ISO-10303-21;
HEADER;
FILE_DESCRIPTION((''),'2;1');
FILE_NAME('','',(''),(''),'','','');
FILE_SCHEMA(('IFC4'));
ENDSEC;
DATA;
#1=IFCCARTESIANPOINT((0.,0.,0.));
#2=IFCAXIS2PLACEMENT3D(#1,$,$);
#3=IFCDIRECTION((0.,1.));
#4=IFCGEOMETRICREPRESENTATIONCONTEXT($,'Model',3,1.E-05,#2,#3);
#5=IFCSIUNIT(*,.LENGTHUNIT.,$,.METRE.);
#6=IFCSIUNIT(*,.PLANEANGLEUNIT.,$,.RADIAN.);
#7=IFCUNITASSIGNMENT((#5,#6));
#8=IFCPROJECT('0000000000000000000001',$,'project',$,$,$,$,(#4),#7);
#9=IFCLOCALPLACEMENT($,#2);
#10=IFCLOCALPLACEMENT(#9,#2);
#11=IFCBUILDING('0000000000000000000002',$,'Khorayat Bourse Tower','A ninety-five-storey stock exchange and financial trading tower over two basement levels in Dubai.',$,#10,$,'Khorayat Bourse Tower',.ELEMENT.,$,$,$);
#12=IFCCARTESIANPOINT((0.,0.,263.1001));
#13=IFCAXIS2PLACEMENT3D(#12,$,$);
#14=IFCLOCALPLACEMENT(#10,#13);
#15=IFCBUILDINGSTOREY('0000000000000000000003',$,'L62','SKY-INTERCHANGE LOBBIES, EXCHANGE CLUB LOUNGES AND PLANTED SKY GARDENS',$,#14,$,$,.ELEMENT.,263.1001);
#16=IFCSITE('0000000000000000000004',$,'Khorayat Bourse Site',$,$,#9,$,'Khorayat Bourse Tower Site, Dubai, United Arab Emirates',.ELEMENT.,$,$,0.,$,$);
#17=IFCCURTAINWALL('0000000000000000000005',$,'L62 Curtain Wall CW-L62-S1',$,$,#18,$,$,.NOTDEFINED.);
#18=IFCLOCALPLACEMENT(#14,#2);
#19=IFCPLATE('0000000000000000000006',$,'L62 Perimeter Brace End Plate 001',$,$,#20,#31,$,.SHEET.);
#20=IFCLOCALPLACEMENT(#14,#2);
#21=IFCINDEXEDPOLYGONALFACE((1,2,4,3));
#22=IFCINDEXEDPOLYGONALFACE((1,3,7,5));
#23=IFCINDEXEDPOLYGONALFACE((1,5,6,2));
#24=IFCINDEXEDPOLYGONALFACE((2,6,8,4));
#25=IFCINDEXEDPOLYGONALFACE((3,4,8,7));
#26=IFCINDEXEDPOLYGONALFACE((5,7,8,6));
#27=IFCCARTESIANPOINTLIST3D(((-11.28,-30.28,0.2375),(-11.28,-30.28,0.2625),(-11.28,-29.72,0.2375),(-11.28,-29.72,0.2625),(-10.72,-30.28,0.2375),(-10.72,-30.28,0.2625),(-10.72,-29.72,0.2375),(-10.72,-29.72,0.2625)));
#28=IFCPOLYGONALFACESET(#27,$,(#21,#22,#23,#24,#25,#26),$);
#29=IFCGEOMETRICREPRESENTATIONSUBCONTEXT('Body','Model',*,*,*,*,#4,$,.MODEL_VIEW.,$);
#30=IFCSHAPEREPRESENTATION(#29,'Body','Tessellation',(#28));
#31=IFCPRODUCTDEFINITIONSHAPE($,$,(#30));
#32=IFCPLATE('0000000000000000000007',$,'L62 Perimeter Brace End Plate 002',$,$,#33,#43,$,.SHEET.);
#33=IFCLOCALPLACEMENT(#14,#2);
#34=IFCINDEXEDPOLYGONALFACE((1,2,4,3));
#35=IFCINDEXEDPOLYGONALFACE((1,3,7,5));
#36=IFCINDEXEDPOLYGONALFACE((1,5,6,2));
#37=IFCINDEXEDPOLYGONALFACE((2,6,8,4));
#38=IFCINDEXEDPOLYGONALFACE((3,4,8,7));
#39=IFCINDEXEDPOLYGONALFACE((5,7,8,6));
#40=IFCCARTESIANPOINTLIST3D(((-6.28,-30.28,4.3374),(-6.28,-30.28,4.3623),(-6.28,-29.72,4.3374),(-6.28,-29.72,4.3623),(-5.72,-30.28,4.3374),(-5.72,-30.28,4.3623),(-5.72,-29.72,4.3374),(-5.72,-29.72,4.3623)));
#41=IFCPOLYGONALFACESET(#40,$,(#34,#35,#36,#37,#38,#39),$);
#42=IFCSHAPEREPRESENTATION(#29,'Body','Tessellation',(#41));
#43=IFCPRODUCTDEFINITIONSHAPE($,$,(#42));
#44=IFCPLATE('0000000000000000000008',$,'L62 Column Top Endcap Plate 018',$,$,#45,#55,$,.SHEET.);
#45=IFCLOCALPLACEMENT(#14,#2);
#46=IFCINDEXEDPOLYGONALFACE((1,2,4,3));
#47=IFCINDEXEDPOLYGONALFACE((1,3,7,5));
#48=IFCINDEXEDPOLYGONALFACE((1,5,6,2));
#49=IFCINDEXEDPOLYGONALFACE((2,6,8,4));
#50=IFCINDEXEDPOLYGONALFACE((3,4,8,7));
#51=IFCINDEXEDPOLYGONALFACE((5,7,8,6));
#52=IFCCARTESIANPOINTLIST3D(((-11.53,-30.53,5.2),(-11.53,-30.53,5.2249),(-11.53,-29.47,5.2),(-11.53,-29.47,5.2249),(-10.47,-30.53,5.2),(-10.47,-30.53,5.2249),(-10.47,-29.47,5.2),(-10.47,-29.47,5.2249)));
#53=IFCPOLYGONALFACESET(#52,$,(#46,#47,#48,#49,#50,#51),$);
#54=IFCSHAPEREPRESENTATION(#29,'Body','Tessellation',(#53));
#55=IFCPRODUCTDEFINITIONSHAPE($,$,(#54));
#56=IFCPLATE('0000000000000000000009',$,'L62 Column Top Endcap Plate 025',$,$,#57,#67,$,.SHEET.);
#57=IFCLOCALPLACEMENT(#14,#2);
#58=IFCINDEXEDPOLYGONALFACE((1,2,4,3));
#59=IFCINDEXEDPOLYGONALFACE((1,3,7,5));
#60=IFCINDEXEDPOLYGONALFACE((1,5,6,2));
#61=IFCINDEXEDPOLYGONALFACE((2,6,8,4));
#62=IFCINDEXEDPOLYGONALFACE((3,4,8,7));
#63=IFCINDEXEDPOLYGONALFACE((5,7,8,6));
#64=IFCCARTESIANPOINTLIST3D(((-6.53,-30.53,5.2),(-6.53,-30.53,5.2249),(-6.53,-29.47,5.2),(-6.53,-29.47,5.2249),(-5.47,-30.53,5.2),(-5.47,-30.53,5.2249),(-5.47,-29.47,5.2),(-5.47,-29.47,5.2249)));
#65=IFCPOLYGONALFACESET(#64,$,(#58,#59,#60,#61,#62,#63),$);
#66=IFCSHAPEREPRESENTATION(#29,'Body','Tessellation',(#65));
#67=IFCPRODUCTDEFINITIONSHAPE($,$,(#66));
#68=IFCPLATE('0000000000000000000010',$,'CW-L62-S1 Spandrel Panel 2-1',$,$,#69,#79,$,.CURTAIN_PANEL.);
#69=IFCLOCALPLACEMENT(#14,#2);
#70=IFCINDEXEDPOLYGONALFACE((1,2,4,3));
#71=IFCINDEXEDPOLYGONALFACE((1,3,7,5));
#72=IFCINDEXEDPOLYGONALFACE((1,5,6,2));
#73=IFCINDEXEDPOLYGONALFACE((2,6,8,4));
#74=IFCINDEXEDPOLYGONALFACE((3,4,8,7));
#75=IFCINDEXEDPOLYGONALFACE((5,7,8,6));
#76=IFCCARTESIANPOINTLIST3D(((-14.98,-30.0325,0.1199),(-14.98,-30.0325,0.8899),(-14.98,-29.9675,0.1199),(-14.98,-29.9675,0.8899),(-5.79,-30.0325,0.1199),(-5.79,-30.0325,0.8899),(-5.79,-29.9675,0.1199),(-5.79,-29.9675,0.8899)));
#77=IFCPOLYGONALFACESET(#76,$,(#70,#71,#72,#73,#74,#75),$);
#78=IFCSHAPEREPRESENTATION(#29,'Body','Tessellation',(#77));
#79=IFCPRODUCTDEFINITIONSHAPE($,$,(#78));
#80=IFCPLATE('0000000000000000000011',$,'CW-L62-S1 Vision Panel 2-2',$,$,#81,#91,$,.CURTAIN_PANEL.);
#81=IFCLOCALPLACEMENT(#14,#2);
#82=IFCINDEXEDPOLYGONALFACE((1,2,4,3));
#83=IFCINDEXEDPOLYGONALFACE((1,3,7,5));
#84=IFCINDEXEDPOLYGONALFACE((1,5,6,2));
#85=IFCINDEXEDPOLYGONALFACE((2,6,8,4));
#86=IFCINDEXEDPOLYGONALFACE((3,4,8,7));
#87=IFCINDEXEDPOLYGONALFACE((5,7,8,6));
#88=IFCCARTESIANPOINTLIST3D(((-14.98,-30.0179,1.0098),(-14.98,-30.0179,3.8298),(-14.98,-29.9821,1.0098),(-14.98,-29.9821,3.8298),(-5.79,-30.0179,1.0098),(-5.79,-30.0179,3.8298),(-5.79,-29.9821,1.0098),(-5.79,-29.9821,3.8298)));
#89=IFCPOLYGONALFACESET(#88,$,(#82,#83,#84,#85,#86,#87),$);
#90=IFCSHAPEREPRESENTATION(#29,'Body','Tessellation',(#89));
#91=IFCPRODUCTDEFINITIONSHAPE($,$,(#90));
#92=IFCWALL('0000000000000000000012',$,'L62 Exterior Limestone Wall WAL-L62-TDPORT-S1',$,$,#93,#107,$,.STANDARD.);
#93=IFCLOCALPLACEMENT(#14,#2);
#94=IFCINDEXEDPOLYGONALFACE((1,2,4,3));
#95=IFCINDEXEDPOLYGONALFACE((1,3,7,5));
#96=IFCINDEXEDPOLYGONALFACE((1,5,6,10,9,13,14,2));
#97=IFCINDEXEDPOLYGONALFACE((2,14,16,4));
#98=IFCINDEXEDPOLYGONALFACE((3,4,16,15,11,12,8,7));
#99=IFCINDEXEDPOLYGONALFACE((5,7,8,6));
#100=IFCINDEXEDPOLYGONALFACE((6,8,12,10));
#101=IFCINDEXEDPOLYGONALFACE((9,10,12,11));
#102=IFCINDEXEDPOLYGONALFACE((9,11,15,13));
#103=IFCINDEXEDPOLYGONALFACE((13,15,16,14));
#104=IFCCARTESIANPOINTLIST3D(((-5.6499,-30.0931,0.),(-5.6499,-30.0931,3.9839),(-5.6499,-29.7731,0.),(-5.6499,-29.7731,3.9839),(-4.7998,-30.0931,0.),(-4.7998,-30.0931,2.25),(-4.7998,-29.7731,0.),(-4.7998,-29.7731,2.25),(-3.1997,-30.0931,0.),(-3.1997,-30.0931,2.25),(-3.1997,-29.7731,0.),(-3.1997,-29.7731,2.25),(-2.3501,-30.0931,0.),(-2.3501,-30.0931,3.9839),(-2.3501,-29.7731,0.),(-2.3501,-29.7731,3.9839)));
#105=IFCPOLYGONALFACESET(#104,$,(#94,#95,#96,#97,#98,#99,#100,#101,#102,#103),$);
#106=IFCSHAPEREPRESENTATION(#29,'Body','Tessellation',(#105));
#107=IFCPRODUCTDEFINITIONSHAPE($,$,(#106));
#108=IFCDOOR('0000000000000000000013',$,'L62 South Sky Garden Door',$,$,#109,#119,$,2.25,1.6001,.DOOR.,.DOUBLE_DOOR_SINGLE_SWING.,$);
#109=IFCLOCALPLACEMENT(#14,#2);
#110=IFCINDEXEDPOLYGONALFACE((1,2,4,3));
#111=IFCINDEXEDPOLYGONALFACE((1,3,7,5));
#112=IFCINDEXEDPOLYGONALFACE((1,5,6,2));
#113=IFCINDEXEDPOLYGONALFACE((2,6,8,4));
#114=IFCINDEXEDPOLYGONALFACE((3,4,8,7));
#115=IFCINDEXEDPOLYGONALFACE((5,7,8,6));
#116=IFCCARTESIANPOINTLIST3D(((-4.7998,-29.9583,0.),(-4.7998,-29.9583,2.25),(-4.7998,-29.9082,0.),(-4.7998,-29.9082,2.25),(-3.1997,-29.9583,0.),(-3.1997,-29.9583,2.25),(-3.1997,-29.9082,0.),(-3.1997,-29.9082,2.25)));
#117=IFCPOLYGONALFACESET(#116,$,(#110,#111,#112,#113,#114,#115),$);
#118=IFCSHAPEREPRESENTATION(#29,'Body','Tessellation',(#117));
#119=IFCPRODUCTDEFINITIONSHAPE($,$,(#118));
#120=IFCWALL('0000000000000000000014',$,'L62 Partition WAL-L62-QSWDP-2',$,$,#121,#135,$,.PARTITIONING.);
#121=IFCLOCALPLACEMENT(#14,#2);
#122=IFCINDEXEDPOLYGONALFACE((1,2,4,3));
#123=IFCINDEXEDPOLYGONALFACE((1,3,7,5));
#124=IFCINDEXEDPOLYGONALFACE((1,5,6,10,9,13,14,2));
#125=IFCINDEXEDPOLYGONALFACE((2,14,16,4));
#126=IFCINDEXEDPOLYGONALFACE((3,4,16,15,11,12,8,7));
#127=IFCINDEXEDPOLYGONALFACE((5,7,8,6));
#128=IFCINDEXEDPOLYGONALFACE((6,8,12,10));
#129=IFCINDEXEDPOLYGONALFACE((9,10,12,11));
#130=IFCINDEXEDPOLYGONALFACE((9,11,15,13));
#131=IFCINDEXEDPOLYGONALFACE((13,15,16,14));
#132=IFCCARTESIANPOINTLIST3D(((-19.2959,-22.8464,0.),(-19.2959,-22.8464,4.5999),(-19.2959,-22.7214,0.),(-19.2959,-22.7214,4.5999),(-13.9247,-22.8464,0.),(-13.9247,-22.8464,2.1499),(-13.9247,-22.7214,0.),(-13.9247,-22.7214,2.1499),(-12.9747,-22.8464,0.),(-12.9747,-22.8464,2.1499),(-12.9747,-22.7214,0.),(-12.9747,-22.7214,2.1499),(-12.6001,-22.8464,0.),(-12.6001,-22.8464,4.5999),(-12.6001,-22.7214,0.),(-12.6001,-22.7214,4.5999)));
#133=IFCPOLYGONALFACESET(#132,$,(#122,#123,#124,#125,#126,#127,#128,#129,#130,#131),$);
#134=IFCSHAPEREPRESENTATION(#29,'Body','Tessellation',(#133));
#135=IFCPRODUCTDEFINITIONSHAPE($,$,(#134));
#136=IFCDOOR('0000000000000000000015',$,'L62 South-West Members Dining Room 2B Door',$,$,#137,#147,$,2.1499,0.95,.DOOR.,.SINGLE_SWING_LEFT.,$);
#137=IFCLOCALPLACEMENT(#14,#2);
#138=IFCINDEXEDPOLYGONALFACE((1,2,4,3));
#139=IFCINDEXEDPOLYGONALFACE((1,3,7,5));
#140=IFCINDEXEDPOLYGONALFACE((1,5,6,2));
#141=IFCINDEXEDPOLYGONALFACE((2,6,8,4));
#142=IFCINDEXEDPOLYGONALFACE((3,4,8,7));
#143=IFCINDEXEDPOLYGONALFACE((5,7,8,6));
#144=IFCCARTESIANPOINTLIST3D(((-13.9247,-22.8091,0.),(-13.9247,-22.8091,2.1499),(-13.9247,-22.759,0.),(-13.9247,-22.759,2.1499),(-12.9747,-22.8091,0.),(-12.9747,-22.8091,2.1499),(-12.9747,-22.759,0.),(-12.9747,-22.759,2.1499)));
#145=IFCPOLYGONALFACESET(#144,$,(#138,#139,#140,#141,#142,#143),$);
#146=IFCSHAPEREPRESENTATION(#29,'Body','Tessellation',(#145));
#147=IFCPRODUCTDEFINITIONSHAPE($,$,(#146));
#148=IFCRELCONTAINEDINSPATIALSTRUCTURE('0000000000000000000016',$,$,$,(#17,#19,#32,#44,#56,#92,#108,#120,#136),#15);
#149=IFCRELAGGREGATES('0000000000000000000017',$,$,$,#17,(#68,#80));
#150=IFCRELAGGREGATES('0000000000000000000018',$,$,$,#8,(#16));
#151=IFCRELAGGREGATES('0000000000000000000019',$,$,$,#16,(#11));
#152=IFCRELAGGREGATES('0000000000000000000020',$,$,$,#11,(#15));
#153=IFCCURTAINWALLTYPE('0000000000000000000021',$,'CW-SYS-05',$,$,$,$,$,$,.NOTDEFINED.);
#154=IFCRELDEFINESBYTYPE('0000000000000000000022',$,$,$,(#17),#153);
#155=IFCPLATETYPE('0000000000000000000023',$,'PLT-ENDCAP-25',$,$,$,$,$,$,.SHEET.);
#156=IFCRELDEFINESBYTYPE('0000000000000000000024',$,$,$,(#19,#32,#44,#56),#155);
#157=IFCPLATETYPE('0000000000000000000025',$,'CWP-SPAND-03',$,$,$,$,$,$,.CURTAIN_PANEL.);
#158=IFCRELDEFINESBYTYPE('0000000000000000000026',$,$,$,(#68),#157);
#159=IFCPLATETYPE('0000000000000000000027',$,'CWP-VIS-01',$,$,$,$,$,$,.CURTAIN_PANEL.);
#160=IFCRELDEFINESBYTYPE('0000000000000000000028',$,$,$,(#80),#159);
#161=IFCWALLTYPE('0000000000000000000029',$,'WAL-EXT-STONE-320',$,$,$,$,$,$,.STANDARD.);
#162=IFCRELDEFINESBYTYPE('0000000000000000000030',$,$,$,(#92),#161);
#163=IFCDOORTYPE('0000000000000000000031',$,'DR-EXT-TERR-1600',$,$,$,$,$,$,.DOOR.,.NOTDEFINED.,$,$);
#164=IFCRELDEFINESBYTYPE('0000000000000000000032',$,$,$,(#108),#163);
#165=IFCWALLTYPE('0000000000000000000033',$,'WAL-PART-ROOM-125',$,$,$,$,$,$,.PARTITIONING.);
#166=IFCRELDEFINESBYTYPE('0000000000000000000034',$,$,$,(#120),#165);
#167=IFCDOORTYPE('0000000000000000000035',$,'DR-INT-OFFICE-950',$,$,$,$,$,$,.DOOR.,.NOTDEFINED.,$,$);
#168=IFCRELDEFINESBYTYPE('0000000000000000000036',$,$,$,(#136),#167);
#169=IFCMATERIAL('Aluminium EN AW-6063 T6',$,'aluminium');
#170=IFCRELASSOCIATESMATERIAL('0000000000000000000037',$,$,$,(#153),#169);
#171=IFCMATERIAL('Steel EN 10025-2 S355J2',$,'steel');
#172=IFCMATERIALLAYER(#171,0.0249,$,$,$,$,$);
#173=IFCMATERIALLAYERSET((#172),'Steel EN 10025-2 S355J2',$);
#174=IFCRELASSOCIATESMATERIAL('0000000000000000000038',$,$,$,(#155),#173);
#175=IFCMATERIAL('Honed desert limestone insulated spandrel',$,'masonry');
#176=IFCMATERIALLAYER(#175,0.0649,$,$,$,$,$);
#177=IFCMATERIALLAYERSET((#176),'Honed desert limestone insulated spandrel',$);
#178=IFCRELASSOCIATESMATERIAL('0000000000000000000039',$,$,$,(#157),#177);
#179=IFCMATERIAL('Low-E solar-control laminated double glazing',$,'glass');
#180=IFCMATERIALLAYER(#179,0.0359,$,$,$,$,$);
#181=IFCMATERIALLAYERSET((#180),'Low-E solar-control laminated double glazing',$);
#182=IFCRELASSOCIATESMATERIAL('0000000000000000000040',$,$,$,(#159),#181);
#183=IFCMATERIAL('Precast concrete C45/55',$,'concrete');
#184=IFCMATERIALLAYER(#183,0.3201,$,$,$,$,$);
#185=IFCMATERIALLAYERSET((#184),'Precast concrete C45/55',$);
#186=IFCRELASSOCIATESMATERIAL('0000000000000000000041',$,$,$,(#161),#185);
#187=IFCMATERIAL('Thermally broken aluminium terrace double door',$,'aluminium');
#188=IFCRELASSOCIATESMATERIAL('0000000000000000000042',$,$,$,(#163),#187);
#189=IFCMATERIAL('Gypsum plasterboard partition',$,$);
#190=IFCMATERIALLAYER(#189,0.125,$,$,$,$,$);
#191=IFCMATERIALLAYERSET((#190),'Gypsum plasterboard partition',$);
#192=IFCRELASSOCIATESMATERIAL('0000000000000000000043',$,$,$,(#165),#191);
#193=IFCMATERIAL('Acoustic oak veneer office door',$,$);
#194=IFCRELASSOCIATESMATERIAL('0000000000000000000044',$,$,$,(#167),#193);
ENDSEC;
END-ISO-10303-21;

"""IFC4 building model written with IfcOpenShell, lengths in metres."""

from ifc_helpers import new_model, si_unit, direction, frame, frame_2d, origin, origin_2d, place, context, subcontext, project, spatial, rectangle, extrude, source, transform, mapped, material, layer, layer_set, type_object, element, fill, aggregate, save


model = new_model("IFC4")

# Units and contexts
model_context = context("Model", 3, precision=1e-05, world=origin(), true_north=direction((0.0, 1.0)))
body_context = subcontext(model_context, "Body", "Model", "MODEL_VIEW")
ifc_project = project(units=[si_unit("LENGTHUNIT", "METRE"), si_unit("PLANEANGLEUNIT", "RADIAN")], contexts=[model_context])

# Site, building, storey
site_placement = place(None, origin())
site = spatial("IfcSite", under=ifc_project, at=site_placement, Name="Khorayat Bourse Site", LongName="Khorayat Bourse Tower Site, Dubai, United Arab Emirates", CompositionType="ELEMENT", RefElevation=0.0)
building_placement = place(site_placement, origin())
building = spatial("IfcBuilding", under=site, at=building_placement, Name="Khorayat Bourse Tower", Description="A ninety-five-storey stock exchange and financial trading tower over two basement levels in Dubai.", LongName="Khorayat Bourse Tower", CompositionType="ELEMENT")
storey_placement = place(building_placement, frame((0.0, 0.0, 263.1001)))
storey = spatial("IfcBuildingStorey", under=building, at=storey_placement, Name="L62", Description="SKY-INTERCHANGE LOBBIES, EXCHANGE CLUB LOUNGES AND PLANTED SKY GARDENS", CompositionType="ELEMENT", Elevation=263.1001)

# Curtain wall
ifc_material_1 = material(Name="Aluminium EN AW-6063 T6", Category="aluminium")
curtain_wall_type = type_object("IfcCurtainWallType", Name="CW-SYS-05", PredefinedType="NOTDEFINED", material=ifc_material_1)
curtain_wall_1_placement = place(storey_placement, origin())
curtain_wall_1 = element("IfcCurtainWall", 1, at=curtain_wall_1_placement, inside=storey, type_object=curtain_wall_type, Name="L62 Curtain Wall CW-L62-S1", PredefinedType="NOTDEFINED")

# Plates
ifc_material_2 = material(Name="Steel EN 10025-2 S355J2", Category="steel")
ifc_layer_1 = layer(ifc_material_2, 0.0249)
ifc_layer_set_1 = layer_set([ifc_layer_1], Name="Steel EN 10025-2 S355J2")
plate_type_1 = type_object("IfcPlateType", Name="PLT-ENDCAP-25", PredefinedType="SHEET", material=ifc_layer_set_1)
shared_shape_1 = source(origin(), body_context, "Body", "SweptSolid", [
    extrude(rectangle(XDim=0.5601, YDim=0.5601, at=origin_2d()), origin(), (0.0, 0.0, 1.0), 0.0249),
])
for number, where, z_axis, x_axis, name in (
    (2, (-11.0, -30.0, 0.2375), (0.0, 0.0, 1.0), (1.0, 0.0, 0.0), "L62 Perimeter Brace End Plate 001"),
    (3, (-6.0, -30.0, 4.3374), (0.0, 0.0, 1.0), (1.0, 0.0, 0.0), "L62 Perimeter Brace End Plate 002"),
):
    element("IfcPlate", number, at=place(storey_placement, frame(where, z_axis=z_axis, x_axis=x_axis)), inside=storey, type_object=plate_type_1, Name=name, PredefinedType="SHEET", context=body_context, shape_type="MappedRepresentation", body=[
        mapped(shared_shape_1, transform((0.0, 0.0, 0.0), scale=1.0)),
    ])
shared_shape_2 = source(origin(), body_context, "Body", "SweptSolid", [
    extrude(rectangle(XDim=1.0601, YDim=1.0601, at=origin_2d()), origin(), (0.0, 0.0, 1.0), 0.0249),
])
for number, where, z_axis, x_axis, name in (
    (4, (-11.0, -30.0, 5.2), (0.0, 0.0, 1.0), (1.0, 0.0, 0.0), "L62 Column Top Endcap Plate 018"),
    (5, (-6.0, -30.0, 5.2), (0.0, 0.0, 1.0), (1.0, 0.0, 0.0), "L62 Column Top Endcap Plate 025"),
):
    element("IfcPlate", number, at=place(storey_placement, frame(where, z_axis=z_axis, x_axis=x_axis)), inside=storey, type_object=plate_type_1, Name=name, PredefinedType="SHEET", context=body_context, shape_type="MappedRepresentation", body=[
        mapped(shared_shape_2, transform((0.0, 0.0, 0.0), scale=1.0)),
    ])

# Plates
ifc_material_3 = material(Name="Honed desert limestone insulated spandrel", Category="masonry")
ifc_layer_2 = layer(ifc_material_3, 0.0649)
ifc_layer_set_2 = layer_set([ifc_layer_2], Name="Honed desert limestone insulated spandrel")
plate_type_2 = type_object("IfcPlateType", Name="CWP-SPAND-03", PredefinedType="CURTAIN_PANEL", material=ifc_layer_set_2)
shared_shape_3 = source(origin(), body_context, "Body", "SweptSolid", [
    extrude(rectangle(XDim=9.1899, YDim=0.0649, at=origin_2d()), origin(), (0.0, 0.0, 1.0), 0.77),
])
plate_1_placement = place(storey_placement, frame((-10.385, -30.0, 0.1199), z_axis=(0.0, 0.0, 1.0), x_axis=(1.0, 0.0, 0.0)))
plate_1 = element("IfcPlate", 6, at=plate_1_placement, type_object=plate_type_2, Name="CW-L62-S1 Spandrel Panel 2-1", PredefinedType="CURTAIN_PANEL", context=body_context, shape_type="MappedRepresentation", body=[
    mapped(shared_shape_3, transform((0.0, 0.0, 0.0), scale=1.0)),
])
ifc_material_4 = material(Name="Low-E solar-control laminated double glazing", Category="glass")
ifc_layer_3 = layer(ifc_material_4, 0.0359)
ifc_layer_set_3 = layer_set([ifc_layer_3], Name="Low-E solar-control laminated double glazing")
plate_type_3 = type_object("IfcPlateType", Name="CWP-VIS-01", PredefinedType="CURTAIN_PANEL", material=ifc_layer_set_3)
shared_shape_4 = source(origin(), body_context, "Body", "SweptSolid", [
    extrude(rectangle(XDim=9.1899, YDim=0.0359, at=origin_2d()), origin(), (0.0, 0.0, 1.0), 2.8201),
])
plate_2_placement = place(storey_placement, frame((-10.385, -30.0, 1.0098), z_axis=(0.0, 0.0, 1.0), x_axis=(1.0, 0.0, 0.0)))
plate_2 = element("IfcPlate", 7, at=plate_2_placement, type_object=plate_type_3, Name="CW-L62-S1 Vision Panel 2-2", PredefinedType="CURTAIN_PANEL", context=body_context, shape_type="MappedRepresentation", body=[
    mapped(shared_shape_4, transform((0.0, 0.0, 0.0), scale=1.0)),
])
aggregate(curtain_wall_1, [plate_1, plate_2])

# Walls, openings, doors
ifc_material_5 = material(Name="Precast concrete C45/55", Category="concrete")
ifc_layer_4 = layer(ifc_material_5, 0.3201)
ifc_layer_set_4 = layer_set([ifc_layer_4], Name="Precast concrete C45/55")
wall_type_1 = type_object("IfcWallType", Name="WAL-EXT-STONE-320", PredefinedType="STANDARD", material=ifc_layer_set_4)
shared_shape_5 = source(origin(), body_context, "Body", "SweptSolid", [
    extrude(rectangle(XDim=3.2998, YDim=0.3201, at=frame_2d((1.6499, 0.0))), origin(), (0.0, 0.0, 1.0), 3.9839),
])
wall_1_placement = place(storey_placement, frame((-5.6499, -29.9331, 0.0), z_axis=(0.0, 0.0, 1.0), x_axis=(1.0, 0.0, 0.0)))
wall_1 = element("IfcWall", 8, at=wall_1_placement, inside=storey, type_object=wall_type_1, Name="L62 Exterior Limestone Wall WAL-L62-TDPORT-S1", PredefinedType="STANDARD", context=body_context, shape_type="MappedRepresentation", body=[
    mapped(shared_shape_5, transform((0.0, 0.0, 0.0), scale=1.0)),
])
shared_shape_6 = source(origin(), body_context, "Body", "SweptSolid", [
    extrude(rectangle(XDim=1.6001, YDim=2.25, at=frame_2d((0.8, 1.125))), frame((0.0, 0.1699, 0.0), z_axis=(0.0, -1.0, 0.0), x_axis=(1.0, 0.0, 0.0)), (0.0, 0.0, 1.0), 0.3401),
])
opening_1_placement = place(wall_1_placement, frame((0.8501, 0.0, 0.0)))
opening_1 = element("IfcOpeningElement", 9, at=opening_1_placement, cuts=wall_1, PredefinedType="OPENING", context=body_context, shape_type="MappedRepresentation", body=[
    mapped(shared_shape_6, transform((0.0, 0.0, 0.0), scale=1.0)),
])
ifc_material_6 = material(Name="Thermally broken aluminium terrace double door", Category="aluminium")
door_type_1 = type_object("IfcDoorType", Name="DR-EXT-TERR-1600", OperationType="NOTDEFINED", PredefinedType="DOOR", material=ifc_material_6)
shared_shape_7 = source(origin(), body_context, "Body", "SweptSolid", [
    extrude(rectangle(XDim=1.6001, YDim=2.25, at=frame_2d((0.8, 1.125))), frame((0.0, 0.0249, 0.0), z_axis=(0.0, -1.0, 0.0), x_axis=(1.0, 0.0, 0.0)), (0.0, 0.0, 1.0), 0.05),
])
door_1_placement = place(opening_1_placement, origin())
door_1 = element("IfcDoor", 10, at=door_1_placement, inside=storey, type_object=door_type_1, Name="L62 South Sky Garden Door", OperationType="DOUBLE_DOOR_SINGLE_SWING", OverallHeight=2.25, OverallWidth=1.6001, PredefinedType="DOOR", context=body_context, shape_type="MappedRepresentation", body=[
    mapped(shared_shape_7, transform((0.0, 0.0, 0.0), scale=1.0)),
])
fill(opening_1, door_1)
ifc_material_7 = material(Name="Gypsum plasterboard partition")
ifc_layer_5 = layer(ifc_material_7, 0.125)
ifc_layer_set_5 = layer_set([ifc_layer_5], Name="Gypsum plasterboard partition")
wall_type_2 = type_object("IfcWallType", Name="WAL-PART-ROOM-125", PredefinedType="PARTITIONING", material=ifc_layer_set_5)
shared_shape_8 = source(origin(), body_context, "Body", "SweptSolid", [
    extrude(rectangle(XDim=6.6958, YDim=0.125, at=frame_2d((3.3479, 0.0))), origin(), (0.0, 0.0, 1.0), 4.5999),
])
wall_2_placement = place(storey_placement, frame((-19.2959, -22.7839, 0.0), z_axis=(0.0, 0.0, 1.0), x_axis=(1.0, 0.0, 0.0)))
wall_2 = element("IfcWall", 11, at=wall_2_placement, inside=storey, type_object=wall_type_2, Name="L62 Partition WAL-L62-QSWDP-2", PredefinedType="PARTITIONING", context=body_context, shape_type="MappedRepresentation", body=[
    mapped(shared_shape_8, transform((0.0, 0.0, 0.0), scale=1.0)),
])
shared_shape_9 = source(origin(), body_context, "Body", "SweptSolid", [
    extrude(rectangle(XDim=0.95, YDim=2.1499, at=frame_2d((0.4751, 1.075))), frame((0.0, 0.0725, 0.0), z_axis=(0.0, -1.0, 0.0), x_axis=(1.0, 0.0, 0.0)), (0.0, 0.0, 1.0), 0.145),
])
opening_2_placement = place(wall_2_placement, frame((5.3711, 0.0, 0.0)))
opening_2 = element("IfcOpeningElement", 12, at=opening_2_placement, cuts=wall_2, PredefinedType="OPENING", context=body_context, shape_type="MappedRepresentation", body=[
    mapped(shared_shape_9, transform((0.0, 0.0, 0.0), scale=1.0)),
])
ifc_material_8 = material(Name="Acoustic oak veneer office door")
door_type_2 = type_object("IfcDoorType", Name="DR-INT-OFFICE-950", OperationType="NOTDEFINED", PredefinedType="DOOR", material=ifc_material_8)
shared_shape_10 = source(origin(), body_context, "Body", "SweptSolid", [
    extrude(rectangle(XDim=0.95, YDim=2.1499, at=frame_2d((0.4751, 1.075))), frame((0.0, 0.0249, 0.0), z_axis=(0.0, -1.0, 0.0), x_axis=(1.0, 0.0, 0.0)), (0.0, 0.0, 1.0), 0.05),
])
door_2_placement = place(opening_2_placement, origin())
door_2 = element("IfcDoor", 13, at=door_2_placement, inside=storey, type_object=door_type_2, Name="L62 South-West Members Dining Room 2B Door", OperationType="SINGLE_SWING_LEFT", OverallHeight=2.1499, OverallWidth=0.95, PredefinedType="DOOR", context=body_context, shape_type="MappedRepresentation", body=[
    mapped(shared_shape_10, transform((0.0, 0.0, 0.0), scale=1.0)),
])
fill(opening_2, door_2)

save(model, "model.ifc")
